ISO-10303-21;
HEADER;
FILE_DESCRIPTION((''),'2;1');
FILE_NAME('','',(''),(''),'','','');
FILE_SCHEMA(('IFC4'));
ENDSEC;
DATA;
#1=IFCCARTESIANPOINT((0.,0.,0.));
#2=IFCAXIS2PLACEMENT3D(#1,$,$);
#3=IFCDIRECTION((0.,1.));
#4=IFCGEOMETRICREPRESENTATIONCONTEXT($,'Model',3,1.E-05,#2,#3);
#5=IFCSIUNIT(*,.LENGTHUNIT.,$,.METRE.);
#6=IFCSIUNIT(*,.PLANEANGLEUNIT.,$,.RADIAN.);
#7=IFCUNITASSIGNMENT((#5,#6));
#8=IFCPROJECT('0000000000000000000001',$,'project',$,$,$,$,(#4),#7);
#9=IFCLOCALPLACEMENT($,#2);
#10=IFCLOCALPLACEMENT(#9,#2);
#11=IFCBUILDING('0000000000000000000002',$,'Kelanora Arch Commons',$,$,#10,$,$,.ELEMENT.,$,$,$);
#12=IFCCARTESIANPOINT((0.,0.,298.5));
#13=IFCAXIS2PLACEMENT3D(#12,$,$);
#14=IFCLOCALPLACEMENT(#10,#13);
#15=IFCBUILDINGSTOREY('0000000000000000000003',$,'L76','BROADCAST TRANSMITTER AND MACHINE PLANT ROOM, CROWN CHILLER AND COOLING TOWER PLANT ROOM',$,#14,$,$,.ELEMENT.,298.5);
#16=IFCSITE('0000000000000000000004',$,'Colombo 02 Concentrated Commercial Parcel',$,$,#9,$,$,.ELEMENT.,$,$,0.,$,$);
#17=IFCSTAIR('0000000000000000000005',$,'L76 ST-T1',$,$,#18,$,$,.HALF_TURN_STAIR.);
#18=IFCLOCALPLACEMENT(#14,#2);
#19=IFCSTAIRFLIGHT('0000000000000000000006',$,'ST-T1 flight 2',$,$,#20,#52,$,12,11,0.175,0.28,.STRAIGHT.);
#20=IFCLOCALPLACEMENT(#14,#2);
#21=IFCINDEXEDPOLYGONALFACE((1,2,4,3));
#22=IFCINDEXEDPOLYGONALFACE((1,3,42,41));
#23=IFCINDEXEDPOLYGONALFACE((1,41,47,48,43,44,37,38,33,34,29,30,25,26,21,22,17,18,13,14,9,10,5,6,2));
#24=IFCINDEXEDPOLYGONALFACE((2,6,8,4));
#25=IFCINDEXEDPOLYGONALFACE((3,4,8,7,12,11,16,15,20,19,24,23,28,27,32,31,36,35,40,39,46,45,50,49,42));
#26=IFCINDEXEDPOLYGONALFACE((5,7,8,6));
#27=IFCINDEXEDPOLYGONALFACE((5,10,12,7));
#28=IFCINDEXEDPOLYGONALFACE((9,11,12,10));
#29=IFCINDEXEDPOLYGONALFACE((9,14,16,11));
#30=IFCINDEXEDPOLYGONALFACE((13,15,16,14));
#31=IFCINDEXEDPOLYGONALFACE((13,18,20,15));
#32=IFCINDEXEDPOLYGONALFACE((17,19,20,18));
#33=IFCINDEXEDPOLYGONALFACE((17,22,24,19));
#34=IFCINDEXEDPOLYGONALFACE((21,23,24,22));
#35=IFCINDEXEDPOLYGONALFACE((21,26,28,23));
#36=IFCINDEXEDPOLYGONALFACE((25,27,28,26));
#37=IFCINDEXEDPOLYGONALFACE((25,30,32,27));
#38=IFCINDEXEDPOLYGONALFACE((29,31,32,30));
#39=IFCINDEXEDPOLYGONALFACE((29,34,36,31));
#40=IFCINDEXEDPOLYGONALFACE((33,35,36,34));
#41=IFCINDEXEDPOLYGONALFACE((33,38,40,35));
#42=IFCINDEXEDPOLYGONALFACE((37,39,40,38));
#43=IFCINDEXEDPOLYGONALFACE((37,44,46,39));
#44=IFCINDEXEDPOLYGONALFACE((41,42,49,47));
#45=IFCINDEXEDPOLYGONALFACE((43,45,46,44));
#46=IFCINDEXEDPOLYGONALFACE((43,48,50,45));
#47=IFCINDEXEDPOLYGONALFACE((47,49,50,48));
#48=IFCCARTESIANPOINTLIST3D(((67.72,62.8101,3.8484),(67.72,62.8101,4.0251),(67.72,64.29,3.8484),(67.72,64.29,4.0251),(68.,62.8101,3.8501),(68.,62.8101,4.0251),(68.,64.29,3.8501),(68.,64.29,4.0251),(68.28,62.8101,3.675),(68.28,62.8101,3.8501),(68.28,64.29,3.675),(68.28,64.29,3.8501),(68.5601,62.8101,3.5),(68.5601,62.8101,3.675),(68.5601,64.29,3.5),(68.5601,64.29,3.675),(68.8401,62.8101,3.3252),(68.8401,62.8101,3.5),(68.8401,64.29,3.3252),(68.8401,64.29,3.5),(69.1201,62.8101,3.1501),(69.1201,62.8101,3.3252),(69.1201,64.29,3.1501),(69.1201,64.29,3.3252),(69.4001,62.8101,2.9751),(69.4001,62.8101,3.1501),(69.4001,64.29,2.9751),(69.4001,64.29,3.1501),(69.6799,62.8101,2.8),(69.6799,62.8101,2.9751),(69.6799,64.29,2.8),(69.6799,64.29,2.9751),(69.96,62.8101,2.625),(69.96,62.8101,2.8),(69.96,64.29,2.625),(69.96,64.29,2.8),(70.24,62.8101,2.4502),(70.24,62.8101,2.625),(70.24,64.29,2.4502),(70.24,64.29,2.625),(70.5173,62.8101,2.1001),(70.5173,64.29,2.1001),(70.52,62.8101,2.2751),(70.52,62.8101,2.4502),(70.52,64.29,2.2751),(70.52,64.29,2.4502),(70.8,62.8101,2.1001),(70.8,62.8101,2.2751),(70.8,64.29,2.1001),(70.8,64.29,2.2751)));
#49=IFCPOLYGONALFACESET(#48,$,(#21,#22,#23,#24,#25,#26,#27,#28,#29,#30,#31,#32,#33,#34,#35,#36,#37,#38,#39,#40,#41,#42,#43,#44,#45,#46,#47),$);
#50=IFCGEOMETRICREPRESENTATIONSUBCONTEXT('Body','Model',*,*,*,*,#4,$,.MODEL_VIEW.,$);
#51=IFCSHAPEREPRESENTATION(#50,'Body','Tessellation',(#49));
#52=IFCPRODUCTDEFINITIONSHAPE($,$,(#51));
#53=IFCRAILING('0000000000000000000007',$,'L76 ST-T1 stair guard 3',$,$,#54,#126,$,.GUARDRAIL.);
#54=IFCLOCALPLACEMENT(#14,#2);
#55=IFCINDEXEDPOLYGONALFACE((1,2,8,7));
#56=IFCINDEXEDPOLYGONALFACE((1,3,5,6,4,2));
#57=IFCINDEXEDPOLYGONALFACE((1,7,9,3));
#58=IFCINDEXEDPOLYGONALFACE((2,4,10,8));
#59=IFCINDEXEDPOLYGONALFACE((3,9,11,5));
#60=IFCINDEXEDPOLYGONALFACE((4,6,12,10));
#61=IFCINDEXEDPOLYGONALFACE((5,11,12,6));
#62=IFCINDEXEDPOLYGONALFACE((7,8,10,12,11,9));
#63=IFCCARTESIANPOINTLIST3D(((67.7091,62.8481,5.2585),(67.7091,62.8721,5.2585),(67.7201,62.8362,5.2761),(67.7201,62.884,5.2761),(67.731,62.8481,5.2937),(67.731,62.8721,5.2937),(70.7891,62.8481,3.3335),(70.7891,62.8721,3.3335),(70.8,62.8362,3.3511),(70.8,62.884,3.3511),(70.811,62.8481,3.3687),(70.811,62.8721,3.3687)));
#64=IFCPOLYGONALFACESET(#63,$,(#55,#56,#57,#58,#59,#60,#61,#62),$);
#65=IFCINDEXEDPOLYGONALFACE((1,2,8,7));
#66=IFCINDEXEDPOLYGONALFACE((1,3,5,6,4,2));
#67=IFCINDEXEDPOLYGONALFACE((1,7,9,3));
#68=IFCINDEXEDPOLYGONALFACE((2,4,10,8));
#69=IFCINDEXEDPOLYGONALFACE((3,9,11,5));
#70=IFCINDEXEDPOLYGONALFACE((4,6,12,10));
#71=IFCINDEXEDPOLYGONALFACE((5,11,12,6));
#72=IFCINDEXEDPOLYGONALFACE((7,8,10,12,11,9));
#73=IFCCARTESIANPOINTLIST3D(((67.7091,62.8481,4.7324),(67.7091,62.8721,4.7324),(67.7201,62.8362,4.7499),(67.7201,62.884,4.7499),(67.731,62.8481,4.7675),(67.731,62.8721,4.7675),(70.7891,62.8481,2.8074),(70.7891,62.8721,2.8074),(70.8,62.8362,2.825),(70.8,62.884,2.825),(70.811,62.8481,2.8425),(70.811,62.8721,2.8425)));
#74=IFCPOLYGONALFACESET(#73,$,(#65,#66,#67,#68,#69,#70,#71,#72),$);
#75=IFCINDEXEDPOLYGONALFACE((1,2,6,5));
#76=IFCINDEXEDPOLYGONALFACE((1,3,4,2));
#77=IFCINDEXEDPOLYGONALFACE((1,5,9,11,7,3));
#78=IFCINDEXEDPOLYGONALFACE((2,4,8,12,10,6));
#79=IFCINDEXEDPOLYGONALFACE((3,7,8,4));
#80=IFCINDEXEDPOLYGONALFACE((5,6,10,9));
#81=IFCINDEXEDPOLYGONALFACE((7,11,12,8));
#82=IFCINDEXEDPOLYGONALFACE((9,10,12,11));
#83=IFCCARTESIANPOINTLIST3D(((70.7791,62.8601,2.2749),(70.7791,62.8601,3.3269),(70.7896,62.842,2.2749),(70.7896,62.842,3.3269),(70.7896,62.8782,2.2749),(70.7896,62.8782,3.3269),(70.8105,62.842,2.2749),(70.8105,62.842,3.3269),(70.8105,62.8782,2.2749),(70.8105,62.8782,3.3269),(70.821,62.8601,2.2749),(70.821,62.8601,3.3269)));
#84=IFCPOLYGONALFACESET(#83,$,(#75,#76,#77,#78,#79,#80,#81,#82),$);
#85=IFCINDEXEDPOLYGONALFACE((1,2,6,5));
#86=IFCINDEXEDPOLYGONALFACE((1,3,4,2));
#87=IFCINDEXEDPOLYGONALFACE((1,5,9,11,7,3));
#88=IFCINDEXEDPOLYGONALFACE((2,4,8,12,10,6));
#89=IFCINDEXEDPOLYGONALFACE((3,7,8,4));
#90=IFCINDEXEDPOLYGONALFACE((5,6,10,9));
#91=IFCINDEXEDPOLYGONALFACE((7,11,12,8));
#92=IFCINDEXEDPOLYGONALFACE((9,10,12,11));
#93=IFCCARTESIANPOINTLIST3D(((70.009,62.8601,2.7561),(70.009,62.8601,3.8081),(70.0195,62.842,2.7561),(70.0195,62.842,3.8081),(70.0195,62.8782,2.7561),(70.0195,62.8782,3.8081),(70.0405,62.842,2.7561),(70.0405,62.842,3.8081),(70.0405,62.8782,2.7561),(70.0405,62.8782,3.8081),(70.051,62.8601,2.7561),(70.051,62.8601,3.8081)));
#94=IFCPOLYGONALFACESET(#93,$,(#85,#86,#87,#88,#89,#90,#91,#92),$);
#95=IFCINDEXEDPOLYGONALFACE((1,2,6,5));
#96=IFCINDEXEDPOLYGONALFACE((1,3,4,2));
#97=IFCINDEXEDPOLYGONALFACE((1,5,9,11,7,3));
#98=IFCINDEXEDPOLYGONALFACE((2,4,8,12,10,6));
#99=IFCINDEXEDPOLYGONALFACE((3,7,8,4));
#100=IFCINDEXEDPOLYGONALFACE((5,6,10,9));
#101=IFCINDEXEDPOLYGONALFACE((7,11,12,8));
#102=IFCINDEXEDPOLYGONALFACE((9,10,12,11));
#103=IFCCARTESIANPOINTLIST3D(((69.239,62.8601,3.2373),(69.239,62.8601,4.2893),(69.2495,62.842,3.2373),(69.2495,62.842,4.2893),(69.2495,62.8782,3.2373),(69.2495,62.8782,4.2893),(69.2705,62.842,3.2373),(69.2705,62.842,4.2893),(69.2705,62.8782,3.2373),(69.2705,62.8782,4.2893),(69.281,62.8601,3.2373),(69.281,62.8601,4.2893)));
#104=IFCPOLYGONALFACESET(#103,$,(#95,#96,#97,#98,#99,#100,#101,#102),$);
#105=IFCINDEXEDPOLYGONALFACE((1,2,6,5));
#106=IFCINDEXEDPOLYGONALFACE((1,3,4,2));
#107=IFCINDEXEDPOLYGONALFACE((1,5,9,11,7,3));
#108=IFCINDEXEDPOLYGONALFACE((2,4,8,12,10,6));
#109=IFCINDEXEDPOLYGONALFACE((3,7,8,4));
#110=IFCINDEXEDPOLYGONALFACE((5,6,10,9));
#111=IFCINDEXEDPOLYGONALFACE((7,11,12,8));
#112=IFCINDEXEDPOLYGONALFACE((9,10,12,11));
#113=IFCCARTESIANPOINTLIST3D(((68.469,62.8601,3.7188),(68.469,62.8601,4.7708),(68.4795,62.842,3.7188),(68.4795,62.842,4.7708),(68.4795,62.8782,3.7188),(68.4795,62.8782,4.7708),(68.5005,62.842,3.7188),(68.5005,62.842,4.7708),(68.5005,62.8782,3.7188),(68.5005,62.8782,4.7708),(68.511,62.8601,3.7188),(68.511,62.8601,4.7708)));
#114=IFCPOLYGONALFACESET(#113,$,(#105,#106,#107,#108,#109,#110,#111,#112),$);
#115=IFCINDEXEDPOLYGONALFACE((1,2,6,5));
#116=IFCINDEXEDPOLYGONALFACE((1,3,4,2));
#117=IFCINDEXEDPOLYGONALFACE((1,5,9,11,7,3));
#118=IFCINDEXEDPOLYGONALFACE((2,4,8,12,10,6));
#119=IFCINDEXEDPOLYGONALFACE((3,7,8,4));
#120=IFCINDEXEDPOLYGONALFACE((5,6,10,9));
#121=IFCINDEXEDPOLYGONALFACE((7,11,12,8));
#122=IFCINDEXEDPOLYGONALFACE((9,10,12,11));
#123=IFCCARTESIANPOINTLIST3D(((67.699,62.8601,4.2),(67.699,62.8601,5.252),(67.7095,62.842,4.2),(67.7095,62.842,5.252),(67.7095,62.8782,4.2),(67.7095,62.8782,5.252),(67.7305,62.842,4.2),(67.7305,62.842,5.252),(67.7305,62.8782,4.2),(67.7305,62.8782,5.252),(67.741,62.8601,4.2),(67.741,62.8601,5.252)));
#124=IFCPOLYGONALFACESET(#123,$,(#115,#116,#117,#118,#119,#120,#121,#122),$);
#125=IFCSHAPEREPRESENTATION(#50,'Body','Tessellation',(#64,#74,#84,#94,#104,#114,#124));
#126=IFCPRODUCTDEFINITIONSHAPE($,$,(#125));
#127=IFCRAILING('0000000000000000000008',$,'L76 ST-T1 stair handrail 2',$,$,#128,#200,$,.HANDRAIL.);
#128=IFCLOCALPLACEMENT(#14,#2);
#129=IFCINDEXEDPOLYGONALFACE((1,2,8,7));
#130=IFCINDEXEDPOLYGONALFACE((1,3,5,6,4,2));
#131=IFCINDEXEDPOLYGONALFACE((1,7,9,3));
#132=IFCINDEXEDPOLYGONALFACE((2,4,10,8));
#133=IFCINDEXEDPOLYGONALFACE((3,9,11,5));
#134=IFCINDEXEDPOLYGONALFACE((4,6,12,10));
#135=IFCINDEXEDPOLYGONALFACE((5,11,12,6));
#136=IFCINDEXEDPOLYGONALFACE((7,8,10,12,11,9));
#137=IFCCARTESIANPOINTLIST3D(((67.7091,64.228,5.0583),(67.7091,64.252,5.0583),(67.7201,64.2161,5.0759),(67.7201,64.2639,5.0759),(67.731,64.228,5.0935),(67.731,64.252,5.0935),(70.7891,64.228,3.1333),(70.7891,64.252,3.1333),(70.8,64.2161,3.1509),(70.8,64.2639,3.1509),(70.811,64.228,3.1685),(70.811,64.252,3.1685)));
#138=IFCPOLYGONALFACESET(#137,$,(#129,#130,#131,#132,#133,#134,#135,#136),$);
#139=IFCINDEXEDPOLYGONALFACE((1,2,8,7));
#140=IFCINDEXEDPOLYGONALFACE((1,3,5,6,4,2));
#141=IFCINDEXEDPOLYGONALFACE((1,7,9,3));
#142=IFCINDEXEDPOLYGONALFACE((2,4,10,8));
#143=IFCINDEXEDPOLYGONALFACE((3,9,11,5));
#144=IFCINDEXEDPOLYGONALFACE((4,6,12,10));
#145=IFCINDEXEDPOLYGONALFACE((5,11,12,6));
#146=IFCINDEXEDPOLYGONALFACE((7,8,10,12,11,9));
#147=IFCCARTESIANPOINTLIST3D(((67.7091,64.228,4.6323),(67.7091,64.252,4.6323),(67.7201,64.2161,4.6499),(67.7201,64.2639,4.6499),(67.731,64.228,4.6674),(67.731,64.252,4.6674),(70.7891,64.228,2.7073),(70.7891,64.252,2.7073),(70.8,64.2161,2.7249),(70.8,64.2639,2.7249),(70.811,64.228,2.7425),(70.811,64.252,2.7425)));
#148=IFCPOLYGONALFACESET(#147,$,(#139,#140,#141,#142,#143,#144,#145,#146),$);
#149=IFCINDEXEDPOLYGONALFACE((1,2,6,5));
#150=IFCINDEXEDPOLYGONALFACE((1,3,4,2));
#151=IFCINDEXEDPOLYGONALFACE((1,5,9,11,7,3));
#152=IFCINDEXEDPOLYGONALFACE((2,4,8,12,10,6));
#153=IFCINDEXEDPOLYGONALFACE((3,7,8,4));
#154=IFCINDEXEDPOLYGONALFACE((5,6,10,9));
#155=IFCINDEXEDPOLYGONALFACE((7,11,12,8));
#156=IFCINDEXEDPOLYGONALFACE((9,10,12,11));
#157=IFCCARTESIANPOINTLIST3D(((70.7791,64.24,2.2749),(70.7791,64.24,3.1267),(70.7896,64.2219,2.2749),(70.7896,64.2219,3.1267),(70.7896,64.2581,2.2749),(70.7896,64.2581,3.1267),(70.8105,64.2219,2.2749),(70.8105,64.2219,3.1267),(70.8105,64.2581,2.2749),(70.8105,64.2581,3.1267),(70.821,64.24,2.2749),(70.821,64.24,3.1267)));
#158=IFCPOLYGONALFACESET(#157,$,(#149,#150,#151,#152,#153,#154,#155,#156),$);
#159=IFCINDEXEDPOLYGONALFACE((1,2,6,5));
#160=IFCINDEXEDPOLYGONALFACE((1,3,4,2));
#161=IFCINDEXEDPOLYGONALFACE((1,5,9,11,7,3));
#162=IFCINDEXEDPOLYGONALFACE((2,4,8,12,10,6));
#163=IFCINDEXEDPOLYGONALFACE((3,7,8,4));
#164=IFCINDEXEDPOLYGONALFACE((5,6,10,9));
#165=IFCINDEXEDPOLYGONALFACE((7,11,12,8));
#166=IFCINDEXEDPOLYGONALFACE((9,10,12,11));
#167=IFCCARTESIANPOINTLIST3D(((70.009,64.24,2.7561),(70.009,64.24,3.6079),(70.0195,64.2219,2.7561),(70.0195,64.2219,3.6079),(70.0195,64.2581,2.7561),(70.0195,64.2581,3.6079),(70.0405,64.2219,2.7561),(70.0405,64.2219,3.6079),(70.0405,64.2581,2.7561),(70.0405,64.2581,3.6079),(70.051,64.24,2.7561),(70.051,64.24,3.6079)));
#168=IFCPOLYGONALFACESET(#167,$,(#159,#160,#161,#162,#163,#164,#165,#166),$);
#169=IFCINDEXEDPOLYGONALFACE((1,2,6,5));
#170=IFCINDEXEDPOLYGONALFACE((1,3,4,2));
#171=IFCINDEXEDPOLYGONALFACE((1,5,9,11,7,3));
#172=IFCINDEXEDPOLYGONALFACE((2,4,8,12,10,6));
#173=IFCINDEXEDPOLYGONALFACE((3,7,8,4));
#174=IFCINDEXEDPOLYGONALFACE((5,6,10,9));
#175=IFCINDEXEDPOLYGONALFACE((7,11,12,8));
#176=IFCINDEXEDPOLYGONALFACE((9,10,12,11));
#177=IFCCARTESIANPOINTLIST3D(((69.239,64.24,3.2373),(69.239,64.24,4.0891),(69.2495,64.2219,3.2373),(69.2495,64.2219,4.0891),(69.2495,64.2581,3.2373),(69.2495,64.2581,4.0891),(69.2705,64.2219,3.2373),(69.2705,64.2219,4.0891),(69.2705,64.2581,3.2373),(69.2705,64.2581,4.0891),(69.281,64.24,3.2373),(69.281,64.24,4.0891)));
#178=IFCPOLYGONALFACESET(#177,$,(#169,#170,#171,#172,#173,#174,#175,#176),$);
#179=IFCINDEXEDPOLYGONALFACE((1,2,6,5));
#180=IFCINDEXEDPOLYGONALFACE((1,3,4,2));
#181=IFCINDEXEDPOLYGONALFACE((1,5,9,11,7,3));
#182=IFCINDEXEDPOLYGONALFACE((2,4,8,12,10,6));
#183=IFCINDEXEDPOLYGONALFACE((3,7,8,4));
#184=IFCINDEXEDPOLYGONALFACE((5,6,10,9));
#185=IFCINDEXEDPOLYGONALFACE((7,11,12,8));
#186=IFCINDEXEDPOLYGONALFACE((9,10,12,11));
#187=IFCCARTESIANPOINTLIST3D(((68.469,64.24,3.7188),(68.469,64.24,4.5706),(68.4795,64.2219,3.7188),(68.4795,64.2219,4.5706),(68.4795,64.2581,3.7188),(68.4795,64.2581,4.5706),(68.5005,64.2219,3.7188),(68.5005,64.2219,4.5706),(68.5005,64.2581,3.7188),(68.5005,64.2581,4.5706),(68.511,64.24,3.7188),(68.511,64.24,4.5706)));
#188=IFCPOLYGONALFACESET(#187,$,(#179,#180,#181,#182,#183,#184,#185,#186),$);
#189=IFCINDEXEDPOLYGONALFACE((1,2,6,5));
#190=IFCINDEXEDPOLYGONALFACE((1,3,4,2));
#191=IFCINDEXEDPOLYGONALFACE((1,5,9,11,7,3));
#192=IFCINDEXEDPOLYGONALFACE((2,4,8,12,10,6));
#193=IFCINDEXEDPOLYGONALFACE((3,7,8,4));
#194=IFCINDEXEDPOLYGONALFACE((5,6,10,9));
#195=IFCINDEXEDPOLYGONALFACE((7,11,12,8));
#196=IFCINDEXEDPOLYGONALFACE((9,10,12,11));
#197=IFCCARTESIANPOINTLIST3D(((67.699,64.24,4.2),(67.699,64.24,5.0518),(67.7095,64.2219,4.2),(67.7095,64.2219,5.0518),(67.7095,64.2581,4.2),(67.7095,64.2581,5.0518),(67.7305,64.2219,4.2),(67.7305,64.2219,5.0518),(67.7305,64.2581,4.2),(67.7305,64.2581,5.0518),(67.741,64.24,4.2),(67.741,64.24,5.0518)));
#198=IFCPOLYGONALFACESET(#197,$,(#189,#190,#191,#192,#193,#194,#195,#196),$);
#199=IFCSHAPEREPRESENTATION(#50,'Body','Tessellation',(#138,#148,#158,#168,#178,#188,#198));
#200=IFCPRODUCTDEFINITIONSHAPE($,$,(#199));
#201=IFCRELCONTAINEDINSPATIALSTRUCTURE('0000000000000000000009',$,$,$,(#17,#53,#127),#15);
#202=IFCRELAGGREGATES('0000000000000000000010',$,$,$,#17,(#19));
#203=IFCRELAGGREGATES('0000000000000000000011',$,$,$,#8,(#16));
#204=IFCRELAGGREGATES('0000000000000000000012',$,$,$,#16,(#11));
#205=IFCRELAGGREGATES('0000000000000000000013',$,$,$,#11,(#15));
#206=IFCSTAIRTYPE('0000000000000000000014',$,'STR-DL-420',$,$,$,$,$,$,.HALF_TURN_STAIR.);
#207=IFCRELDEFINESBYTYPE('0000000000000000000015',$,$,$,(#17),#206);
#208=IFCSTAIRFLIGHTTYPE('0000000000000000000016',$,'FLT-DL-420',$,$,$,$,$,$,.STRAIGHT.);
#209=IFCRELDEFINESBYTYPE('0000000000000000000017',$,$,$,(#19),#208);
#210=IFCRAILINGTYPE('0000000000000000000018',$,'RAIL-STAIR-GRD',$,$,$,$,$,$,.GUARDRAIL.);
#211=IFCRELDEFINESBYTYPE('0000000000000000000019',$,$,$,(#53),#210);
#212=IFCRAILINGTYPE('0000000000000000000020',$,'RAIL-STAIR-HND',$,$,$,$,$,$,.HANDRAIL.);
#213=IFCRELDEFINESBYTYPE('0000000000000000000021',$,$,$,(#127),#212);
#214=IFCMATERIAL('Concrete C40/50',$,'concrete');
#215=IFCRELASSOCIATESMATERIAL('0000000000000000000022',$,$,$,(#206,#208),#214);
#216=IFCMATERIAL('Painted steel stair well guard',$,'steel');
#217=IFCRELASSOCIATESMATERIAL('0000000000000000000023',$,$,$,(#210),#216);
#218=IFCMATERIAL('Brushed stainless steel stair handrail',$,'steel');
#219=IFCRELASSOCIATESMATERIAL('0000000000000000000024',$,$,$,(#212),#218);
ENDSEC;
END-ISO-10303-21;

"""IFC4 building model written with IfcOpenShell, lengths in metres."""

from ifc_helpers import new_model, si_unit, direction, frame, origin, place, context, subcontext, project, spatial, polyline, outline, extrude, material, type_object, element, aggregate, save


model = new_model("IFC4")

# Units and contexts
model_context = context("Model", 3, precision=1e-05, world=origin(), true_north=direction((0.0, 1.0)))
body_context = subcontext(model_context, "Body", "Model", "MODEL_VIEW")
ifc_project = project(units=[si_unit("LENGTHUNIT", "METRE"), si_unit("PLANEANGLEUNIT", "RADIAN")], contexts=[model_context])

# Site, building, storey
site_placement = place(None, origin())
site = spatial("IfcSite", under=ifc_project, at=site_placement, Name="Colombo 02 Concentrated Commercial Parcel", CompositionType="ELEMENT", RefElevation=0.0)
building_placement = place(site_placement, origin())
building = spatial("IfcBuilding", under=site, at=building_placement, Name="Kelanora Arch Commons", CompositionType="ELEMENT")
storey_placement = place(building_placement, frame((0.0, 0.0, 298.5)))
storey = spatial("IfcBuildingStorey", under=building, at=storey_placement, Name="L76", Description="BROADCAST TRANSMITTER AND MACHINE PLANT ROOM, CROWN CHILLER AND COOLING TOWER PLANT ROOM", CompositionType="ELEMENT", Elevation=298.5)

# Shared definitions
ifc_material_1 = material(Name="Concrete C40/50", Category="concrete")

# Stair, stair flight
stair_type = type_object("IfcStairType", Name="STR-DL-420", PredefinedType="HALF_TURN_STAIR", material=ifc_material_1)
stair_placement = place(storey_placement, origin())
stair = element("IfcStair", 1, at=stair_placement, inside=storey, type_object=stair_type, Name="L76 ST-T1", PredefinedType="HALF_TURN_STAIR")
stair_flight_type = type_object("IfcStairFlightType", Name="FLT-DL-420", PredefinedType="STRAIGHT", material=ifc_material_1)
stair_flight_placement = place(storey_placement, frame((70.8, 63.55, 2.1001), z_axis=(0.0, 0.0, 1.0), x_axis=(-1.0, 0.0, 0.0)))
stair_flight = element("IfcStairFlight", 2, at=stair_flight_placement, type_object=stair_flight_type, Name="ST-T1 flight 2", NumberOfRisers=12, NumberOfTreads=11, PredefinedType="STRAIGHT", RiserHeight=0.175, TreadLength=0.28, context=body_context, shape_type="SweptSolid", body=[
    extrude(outline(polyline([(0.0, 0.0), (0.0, 0.175), (0.28, 0.175), (0.28, 0.3501), (0.5601, 0.3501), (0.5601, 0.5249), (0.8401, 0.5249), (0.8401, 0.7), (1.1201, 0.7), (1.1201, 0.875), (1.3999, 0.875), (1.3999, 1.05), (1.6799, 1.05), (1.6799, 1.2251), (1.96, 1.2251), (1.96, 1.3999), (2.24, 1.3999), (2.24, 1.575), (2.52, 1.575), (2.52, 1.75), (2.8, 1.75), (2.8, 1.925), (3.0801, 1.925), (3.0801, 2.1001), (3.0801, 1.7483), (0.2827, 0.0), (0.0, 0.0)])), frame((0.0, 0.74, 0.0), z_axis=(0.0, -1.0, 0.0), x_axis=(1.0, 0.0, 0.0)), (0.0, 0.0, 1.0), 1.48),
])
aggregate(stair, [stair_flight])

# Railings
ifc_material_2 = material(Name="Painted steel stair well guard", Category="steel")
railing_type_1 = type_object("IfcRailingType", Name="RAIL-STAIR-GRD", PredefinedType="GUARDRAIL", material=ifc_material_2)
railing_1_placement = place(storey_placement, frame((70.8, 62.8601, 2.2749)))
element("IfcRailing", 3, at=railing_1_placement, inside=storey, type_object=railing_type_1, Name="L76 ST-T1 stair guard 3", PredefinedType="GUARDRAIL", context=body_context, shape_type="SweptSolid", body=[
    extrude(outline(polyline([(0.0239, 0.0), (0.012, 0.0208), (-0.012, 0.0208), (-0.0239, 0.0), (-0.012, -0.0208), (0.012, -0.0208), (0.0239, 0.0)])), frame((0.0, 0.0, 1.0762), z_axis=(-0.847998, 0.0, 0.529999), x_axis=(0.0, -1.0, 0.0)), (0.0, 0.0, 1.0), 3.6321),
    extrude(outline(polyline([(0.0239, 0.0), (0.012, 0.0208), (-0.012, 0.0208), (-0.0239, 0.0), (-0.012, -0.0208), (0.012, -0.0208), (0.0239, 0.0)])), frame((0.0, 0.0, 0.55), z_axis=(-0.847998, 0.0, 0.529999), x_axis=(0.0, -1.0, 0.0)), (0.0, 0.0, 1.0), 3.6321),
    extrude(outline(polyline([(0.021, 0.0), (0.0105, 0.0181), (-0.0105, 0.0181), (-0.021, 0.0), (-0.0105, -0.0181), (0.0105, -0.0181), (0.021, 0.0)])), origin(), (0.0, 0.0, 1.0), 1.052),
    extrude(outline(polyline([(0.021, 0.0), (0.0105, 0.0181), (-0.0105, 0.0181), (-0.021, 0.0), (-0.0105, -0.0181), (0.0105, -0.0181), (0.021, 0.0)])), frame((-0.77, 0.0, 0.4812)), (0.0, 0.0, 1.0), 1.052),
    extrude(outline(polyline([(0.021, 0.0), (0.0105, 0.0181), (-0.0105, 0.0181), (-0.021, 0.0), (-0.0105, -0.0181), (0.0105, -0.0181), (0.021, 0.0)])), frame((-1.54, 0.0, 0.9624)), (0.0, 0.0, 1.0), 1.052),
    extrude(outline(polyline([(0.021, 0.0), (0.0105, 0.0181), (-0.0105, 0.0181), (-0.021, 0.0), (-0.0105, -0.0181), (0.0105, -0.0181), (0.021, 0.0)])), frame((-2.3101, 0.0, 1.4438)), (0.0, 0.0, 1.0), 1.052),
    extrude(outline(polyline([(0.021, 0.0), (0.0105, 0.0181), (-0.0105, 0.0181), (-0.021, 0.0), (-0.0105, -0.0181), (0.0105, -0.0181), (0.021, 0.0)])), frame((-3.0801, 0.0, 1.925)), (0.0, 0.0, 1.0), 1.052),
])
ifc_material_3 = material(Name="Brushed stainless steel stair handrail", Category="steel")
railing_type_2 = type_object("IfcRailingType", Name="RAIL-STAIR-HND", PredefinedType="HANDRAIL", material=ifc_material_3)
railing_2_placement = place(storey_placement, frame((70.8, 64.24, 2.2749)))
element("IfcRailing", 4, at=railing_2_placement, inside=storey, type_object=railing_type_2, Name="L76 ST-T1 stair handrail 2", PredefinedType="HANDRAIL", context=body_context, shape_type="SweptSolid", body=[
    extrude(outline(polyline([(0.0239, 0.0), (0.012, 0.0208), (-0.012, 0.0208), (-0.0239, 0.0), (-0.012, -0.0208), (0.012, -0.0208), (0.0239, 0.0)])), frame((0.0, 0.0, 0.876), z_axis=(-0.847998, 0.0, 0.529999), x_axis=(0.0, -1.0, 0.0)), (0.0, 0.0, 1.0), 3.6321),
    extrude(outline(polyline([(0.0239, 0.0), (0.012, 0.0208), (-0.012, 0.0208), (-0.0239, 0.0), (-0.012, -0.0208), (0.012, -0.0208), (0.0239, 0.0)])), frame((0.0, 0.0, 0.45), z_axis=(-0.847998, 0.0, 0.529999), x_axis=(0.0, -1.0, 0.0)), (0.0, 0.0, 1.0), 3.6321),
    extrude(outline(polyline([(0.021, 0.0), (0.0105, 0.0181), (-0.0105, 0.0181), (-0.021, 0.0), (-0.0105, -0.0181), (0.0105, -0.0181), (0.021, 0.0)])), origin(), (0.0, 0.0, 1.0), 0.8518),
    extrude(outline(polyline([(0.021, 0.0), (0.0105, 0.0181), (-0.0105, 0.0181), (-0.021, 0.0), (-0.0105, -0.0181), (0.0105, -0.0181), (0.021, 0.0)])), frame((-0.77, 0.0, 0.4812)), (0.0, 0.0, 1.0), 0.8518),
    extrude(outline(polyline([(0.021, 0.0), (0.0105, 0.0181), (-0.0105, 0.0181), (-0.021, 0.0), (-0.0105, -0.0181), (0.0105, -0.0181), (0.021, 0.0)])), frame((-1.54, 0.0, 0.9624)), (0.0, 0.0, 1.0), 0.8518),
    extrude(outline(polyline([(0.021, 0.0), (0.0105, 0.0181), (-0.0105, 0.0181), (-0.021, 0.0), (-0.0105, -0.0181), (0.0105, -0.0181), (0.021, 0.0)])), frame((-2.3101, 0.0, 1.4438)), (0.0, 0.0, 1.0), 0.8518),
    extrude(outline(polyline([(0.021, 0.0), (0.0105, 0.0181), (-0.0105, 0.0181), (-0.021, 0.0), (-0.0105, -0.0181), (0.0105, -0.0181), (0.021, 0.0)])), frame((-3.0801, 0.0, 1.925)), (0.0, 0.0, 1.0), 0.8518),
])

save(model, "model.ifc")
